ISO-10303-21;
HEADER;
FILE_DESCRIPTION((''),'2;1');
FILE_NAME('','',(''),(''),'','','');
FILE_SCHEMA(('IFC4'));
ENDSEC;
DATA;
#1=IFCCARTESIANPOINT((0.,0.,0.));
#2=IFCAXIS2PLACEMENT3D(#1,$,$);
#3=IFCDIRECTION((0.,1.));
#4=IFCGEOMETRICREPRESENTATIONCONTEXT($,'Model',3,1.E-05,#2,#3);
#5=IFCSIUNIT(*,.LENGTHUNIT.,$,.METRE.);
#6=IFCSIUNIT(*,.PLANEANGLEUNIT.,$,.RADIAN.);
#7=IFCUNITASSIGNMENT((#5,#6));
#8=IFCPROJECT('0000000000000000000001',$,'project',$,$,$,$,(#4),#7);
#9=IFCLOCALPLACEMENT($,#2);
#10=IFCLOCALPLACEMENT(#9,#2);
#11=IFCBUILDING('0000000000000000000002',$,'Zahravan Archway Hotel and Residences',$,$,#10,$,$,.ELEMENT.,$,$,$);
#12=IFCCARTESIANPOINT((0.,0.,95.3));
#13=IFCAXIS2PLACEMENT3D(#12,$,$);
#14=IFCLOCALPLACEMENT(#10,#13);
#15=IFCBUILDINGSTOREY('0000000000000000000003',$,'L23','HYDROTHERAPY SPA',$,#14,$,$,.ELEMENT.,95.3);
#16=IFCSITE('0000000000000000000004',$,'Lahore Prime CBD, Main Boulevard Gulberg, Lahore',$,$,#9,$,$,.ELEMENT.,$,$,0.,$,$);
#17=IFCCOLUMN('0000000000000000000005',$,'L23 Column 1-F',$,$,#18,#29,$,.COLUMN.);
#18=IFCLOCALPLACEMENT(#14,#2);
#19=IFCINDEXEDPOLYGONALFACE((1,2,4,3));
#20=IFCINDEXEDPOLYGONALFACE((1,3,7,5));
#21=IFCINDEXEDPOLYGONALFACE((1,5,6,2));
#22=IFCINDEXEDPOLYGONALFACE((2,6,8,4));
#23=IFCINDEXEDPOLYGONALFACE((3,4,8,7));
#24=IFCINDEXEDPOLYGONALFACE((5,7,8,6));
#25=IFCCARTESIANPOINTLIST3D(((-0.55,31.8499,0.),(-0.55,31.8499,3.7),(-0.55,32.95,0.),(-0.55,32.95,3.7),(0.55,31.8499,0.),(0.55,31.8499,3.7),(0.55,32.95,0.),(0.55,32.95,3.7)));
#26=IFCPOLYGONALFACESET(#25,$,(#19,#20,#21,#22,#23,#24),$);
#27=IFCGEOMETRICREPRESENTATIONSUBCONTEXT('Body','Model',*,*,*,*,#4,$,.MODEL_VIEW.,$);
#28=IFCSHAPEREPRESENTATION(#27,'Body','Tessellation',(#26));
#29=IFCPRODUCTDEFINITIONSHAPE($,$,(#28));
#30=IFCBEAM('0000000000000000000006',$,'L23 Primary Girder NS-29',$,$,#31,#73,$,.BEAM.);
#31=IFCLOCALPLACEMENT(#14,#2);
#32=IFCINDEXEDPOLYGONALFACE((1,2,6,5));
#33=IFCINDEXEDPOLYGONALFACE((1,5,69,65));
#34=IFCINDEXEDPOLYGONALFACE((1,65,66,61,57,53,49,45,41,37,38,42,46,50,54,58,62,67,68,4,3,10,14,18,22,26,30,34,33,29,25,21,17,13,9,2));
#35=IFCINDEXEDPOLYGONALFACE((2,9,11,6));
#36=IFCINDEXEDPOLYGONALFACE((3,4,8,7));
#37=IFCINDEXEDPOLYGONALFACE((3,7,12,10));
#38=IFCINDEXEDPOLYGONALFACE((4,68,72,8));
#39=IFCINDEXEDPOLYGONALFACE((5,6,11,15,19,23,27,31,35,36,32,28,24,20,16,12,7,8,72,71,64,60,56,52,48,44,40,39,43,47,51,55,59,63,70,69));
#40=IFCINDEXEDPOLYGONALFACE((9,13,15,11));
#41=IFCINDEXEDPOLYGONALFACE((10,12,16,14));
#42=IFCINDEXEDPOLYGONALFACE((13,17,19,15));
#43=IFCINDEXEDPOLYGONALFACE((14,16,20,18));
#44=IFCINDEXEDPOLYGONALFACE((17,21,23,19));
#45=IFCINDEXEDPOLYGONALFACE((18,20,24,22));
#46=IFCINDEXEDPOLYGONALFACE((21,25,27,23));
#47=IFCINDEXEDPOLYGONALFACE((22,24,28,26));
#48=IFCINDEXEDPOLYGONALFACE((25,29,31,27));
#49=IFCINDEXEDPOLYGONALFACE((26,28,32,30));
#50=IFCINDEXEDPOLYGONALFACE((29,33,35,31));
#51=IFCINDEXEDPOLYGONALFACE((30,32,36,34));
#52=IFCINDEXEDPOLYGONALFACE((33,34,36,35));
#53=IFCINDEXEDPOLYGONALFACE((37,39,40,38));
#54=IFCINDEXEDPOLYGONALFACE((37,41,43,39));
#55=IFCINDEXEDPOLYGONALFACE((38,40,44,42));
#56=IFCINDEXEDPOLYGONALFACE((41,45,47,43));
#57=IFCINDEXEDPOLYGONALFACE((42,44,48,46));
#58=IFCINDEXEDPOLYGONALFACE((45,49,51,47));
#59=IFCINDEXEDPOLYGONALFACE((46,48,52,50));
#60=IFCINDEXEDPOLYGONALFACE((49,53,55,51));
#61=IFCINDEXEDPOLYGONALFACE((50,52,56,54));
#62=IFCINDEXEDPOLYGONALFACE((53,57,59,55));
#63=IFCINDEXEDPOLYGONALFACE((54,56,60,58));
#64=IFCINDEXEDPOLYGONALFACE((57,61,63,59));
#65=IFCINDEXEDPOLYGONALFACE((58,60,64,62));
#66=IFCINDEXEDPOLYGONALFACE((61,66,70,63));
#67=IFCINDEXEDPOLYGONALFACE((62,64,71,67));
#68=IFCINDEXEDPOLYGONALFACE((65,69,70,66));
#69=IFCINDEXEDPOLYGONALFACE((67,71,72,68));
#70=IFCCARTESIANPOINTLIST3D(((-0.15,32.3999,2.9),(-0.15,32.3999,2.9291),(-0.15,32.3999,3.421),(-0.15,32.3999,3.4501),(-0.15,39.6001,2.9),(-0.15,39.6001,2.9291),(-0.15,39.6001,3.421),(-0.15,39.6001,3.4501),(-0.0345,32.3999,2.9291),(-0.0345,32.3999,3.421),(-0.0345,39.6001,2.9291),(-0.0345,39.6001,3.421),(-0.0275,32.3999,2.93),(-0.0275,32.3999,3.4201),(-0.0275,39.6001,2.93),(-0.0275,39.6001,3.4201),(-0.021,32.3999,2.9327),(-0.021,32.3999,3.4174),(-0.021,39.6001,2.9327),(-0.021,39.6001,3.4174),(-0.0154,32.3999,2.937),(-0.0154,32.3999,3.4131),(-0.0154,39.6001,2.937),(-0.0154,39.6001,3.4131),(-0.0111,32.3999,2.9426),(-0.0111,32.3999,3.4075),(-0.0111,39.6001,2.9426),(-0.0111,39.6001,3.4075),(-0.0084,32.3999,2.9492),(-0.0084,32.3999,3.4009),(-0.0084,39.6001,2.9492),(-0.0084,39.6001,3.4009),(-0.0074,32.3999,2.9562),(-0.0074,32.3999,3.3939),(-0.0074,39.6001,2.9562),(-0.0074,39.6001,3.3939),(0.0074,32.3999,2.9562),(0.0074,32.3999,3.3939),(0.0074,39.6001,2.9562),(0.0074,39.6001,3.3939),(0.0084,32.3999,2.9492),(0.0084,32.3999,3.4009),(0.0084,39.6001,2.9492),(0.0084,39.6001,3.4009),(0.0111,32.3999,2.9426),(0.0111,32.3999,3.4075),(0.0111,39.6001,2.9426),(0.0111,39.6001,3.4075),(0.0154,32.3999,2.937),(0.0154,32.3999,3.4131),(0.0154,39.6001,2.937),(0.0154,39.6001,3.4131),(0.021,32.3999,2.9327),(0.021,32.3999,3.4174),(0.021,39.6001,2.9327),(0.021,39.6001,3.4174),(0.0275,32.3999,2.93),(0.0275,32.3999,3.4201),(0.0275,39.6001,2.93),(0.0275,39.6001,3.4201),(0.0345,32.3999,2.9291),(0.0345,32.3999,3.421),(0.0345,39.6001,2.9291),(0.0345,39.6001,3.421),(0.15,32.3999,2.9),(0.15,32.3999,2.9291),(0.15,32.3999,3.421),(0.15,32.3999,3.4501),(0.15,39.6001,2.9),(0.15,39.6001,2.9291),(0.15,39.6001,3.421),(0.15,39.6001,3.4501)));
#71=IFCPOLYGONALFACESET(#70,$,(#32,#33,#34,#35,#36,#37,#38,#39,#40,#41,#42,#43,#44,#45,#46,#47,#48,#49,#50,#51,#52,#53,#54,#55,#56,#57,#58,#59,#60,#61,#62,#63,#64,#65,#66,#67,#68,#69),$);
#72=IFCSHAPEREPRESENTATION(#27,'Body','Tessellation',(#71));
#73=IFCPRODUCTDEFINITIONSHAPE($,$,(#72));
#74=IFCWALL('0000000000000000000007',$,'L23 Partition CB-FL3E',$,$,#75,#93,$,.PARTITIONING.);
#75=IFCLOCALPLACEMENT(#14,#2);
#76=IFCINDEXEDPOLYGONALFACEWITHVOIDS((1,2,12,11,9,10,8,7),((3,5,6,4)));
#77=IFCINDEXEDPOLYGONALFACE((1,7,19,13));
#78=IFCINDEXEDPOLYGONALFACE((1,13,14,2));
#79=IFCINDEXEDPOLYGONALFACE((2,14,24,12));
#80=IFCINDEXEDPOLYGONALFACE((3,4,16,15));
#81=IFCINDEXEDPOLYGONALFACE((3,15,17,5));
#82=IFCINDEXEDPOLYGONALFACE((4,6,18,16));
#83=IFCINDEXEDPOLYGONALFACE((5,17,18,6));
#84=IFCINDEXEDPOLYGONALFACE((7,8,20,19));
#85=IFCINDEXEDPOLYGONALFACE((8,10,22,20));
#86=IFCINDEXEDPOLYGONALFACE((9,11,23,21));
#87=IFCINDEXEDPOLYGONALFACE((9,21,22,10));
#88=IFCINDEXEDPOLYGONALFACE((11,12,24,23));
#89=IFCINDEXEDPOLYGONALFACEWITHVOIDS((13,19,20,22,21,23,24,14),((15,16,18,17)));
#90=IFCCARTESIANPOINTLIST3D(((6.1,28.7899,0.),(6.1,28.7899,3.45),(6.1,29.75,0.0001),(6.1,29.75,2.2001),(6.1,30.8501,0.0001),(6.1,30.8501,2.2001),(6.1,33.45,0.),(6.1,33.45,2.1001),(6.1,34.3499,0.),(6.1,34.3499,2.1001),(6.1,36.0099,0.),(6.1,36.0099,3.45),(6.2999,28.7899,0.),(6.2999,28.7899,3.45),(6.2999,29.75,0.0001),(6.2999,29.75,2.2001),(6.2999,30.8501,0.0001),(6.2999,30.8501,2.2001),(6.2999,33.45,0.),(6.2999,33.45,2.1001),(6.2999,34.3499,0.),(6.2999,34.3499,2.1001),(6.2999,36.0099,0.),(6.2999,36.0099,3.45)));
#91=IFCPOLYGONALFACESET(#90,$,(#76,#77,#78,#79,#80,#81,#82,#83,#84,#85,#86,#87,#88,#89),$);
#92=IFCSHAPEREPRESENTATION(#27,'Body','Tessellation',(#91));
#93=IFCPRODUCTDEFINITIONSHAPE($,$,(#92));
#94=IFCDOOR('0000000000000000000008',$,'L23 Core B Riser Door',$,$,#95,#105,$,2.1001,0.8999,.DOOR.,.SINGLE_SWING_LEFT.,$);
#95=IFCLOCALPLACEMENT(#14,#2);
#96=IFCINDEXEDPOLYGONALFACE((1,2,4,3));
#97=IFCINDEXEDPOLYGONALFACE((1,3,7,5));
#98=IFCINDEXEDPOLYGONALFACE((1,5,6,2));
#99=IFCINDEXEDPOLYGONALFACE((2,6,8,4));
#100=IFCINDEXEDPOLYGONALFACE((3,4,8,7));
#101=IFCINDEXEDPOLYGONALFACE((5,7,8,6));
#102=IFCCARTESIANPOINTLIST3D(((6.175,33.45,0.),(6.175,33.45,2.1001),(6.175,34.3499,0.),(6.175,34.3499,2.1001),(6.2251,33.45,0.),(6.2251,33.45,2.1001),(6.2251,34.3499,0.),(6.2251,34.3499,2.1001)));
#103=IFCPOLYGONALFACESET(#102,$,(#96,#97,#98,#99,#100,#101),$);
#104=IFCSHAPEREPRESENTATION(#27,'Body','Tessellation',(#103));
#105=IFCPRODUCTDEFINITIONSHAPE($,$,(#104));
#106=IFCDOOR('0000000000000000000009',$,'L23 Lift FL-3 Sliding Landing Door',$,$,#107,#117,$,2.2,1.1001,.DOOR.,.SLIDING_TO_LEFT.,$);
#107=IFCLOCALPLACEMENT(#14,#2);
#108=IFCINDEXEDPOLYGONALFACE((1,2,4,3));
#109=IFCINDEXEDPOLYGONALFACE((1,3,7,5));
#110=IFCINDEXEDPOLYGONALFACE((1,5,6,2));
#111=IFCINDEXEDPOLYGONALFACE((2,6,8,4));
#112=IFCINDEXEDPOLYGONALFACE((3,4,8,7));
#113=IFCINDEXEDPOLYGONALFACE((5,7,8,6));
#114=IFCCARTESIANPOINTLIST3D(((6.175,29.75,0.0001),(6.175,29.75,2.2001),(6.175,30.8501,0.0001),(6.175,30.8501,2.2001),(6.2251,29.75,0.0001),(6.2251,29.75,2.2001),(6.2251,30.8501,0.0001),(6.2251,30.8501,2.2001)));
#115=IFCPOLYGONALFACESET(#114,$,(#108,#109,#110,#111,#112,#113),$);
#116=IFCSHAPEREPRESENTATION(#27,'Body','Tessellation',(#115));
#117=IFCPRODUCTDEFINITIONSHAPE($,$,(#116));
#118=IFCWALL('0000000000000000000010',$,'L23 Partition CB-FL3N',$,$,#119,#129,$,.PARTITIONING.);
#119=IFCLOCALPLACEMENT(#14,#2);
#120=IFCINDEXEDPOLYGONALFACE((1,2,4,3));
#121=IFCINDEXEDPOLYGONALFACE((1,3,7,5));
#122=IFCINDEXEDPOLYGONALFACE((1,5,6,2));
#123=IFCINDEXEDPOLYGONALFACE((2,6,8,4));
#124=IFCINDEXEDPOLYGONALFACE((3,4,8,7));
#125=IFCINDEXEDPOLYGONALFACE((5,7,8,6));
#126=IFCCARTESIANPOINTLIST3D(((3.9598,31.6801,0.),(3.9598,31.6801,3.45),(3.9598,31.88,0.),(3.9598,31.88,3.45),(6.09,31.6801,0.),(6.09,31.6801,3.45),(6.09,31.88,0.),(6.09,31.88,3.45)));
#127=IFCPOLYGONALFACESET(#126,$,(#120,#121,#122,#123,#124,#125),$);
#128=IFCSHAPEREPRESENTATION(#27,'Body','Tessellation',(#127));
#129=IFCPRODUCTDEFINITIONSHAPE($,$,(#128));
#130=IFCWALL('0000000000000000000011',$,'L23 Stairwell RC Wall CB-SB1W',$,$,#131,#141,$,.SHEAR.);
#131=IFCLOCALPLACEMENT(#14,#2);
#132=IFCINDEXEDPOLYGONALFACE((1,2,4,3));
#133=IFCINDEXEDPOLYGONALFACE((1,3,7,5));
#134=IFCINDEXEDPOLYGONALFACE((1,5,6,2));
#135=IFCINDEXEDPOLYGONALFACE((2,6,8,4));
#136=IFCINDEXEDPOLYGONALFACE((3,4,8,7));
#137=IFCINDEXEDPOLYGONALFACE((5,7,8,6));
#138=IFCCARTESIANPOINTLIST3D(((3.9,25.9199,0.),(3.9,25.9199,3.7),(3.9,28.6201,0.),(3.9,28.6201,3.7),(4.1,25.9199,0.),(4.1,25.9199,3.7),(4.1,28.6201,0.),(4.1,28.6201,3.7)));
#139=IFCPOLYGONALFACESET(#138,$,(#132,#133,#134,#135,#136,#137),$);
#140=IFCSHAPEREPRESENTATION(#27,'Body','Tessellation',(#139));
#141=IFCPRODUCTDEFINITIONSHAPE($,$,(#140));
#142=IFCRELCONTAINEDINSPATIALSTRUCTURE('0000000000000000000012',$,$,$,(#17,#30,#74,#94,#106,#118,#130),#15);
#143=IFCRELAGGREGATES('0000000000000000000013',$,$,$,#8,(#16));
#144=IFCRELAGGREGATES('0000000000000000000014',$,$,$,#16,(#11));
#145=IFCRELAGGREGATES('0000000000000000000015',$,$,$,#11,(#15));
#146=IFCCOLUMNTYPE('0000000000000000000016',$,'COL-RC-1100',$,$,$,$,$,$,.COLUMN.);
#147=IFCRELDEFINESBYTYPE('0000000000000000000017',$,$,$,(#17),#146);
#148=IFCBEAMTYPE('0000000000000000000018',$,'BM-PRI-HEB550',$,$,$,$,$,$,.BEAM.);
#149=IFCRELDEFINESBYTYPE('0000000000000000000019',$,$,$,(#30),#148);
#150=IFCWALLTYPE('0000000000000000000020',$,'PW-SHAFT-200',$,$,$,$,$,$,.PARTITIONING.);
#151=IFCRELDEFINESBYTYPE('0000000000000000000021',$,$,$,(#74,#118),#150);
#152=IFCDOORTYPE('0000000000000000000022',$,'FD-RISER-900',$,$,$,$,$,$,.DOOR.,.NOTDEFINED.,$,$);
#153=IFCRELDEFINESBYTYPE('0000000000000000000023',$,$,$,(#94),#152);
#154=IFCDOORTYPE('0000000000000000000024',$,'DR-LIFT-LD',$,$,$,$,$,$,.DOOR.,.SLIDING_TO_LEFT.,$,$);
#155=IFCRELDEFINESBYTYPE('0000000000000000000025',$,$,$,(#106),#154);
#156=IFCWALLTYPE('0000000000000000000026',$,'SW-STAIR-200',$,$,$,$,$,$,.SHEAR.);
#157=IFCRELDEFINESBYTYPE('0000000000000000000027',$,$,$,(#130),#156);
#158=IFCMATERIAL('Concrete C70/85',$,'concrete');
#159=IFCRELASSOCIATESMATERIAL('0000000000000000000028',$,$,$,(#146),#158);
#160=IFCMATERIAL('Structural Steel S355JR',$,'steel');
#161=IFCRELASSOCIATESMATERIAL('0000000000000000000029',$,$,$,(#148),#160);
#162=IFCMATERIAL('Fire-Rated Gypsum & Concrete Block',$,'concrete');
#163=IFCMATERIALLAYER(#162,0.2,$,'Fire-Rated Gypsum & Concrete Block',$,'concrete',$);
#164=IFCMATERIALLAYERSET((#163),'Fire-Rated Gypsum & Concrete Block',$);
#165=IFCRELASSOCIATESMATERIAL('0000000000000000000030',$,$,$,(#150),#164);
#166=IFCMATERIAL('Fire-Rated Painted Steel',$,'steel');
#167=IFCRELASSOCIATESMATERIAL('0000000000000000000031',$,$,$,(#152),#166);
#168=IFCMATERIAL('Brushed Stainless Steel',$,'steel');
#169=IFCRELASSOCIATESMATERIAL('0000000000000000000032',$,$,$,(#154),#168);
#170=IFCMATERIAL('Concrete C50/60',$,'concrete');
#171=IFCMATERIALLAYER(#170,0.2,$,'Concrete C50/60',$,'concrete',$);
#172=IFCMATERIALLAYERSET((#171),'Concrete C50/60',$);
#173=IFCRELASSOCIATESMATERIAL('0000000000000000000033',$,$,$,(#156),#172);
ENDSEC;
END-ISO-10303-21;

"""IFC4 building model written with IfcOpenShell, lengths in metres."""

from ifc_helpers import new_model, si_unit, direction, frame, frame_2d, origin, origin_2d, place, context, subcontext, project, spatial, rectangle, i_section, extrude, source, transform, mapped, material, layer, layer_set, material_profile, profile_set, type_object, type_shapes, element, fill, save


model = new_model("IFC4")

# Units and contexts
model_context = context("Model", 3, precision=1e-05, world=origin(), true_north=direction((0.0, 1.0)))
body_context = subcontext(model_context, "Body", "Model", "MODEL_VIEW")
ifc_project = project(units=[si_unit("LENGTHUNIT", "METRE"), si_unit("PLANEANGLEUNIT", "RADIAN")], contexts=[model_context])

# Site, building, storey
site_placement = place(None, origin())
site = spatial("IfcSite", under=ifc_project, at=site_placement, Name="Lahore Prime CBD, Main Boulevard Gulberg, Lahore", CompositionType="ELEMENT", RefElevation=0.0)
building_placement = place(site_placement, origin())
building = spatial("IfcBuilding", under=site, at=building_placement, Name="Zahravan Archway Hotel and Residences", CompositionType="ELEMENT")
storey_placement = place(building_placement, frame((0.0, 0.0, 95.3)))
storey = spatial("IfcBuildingStorey", under=building, at=storey_placement, Name="L23", Description="HYDROTHERAPY SPA", CompositionType="ELEMENT", Elevation=95.3)

# Column
ifc_material_1 = material(Name="Concrete C70/85", Category="concrete")
ifc_material_profile_1 = material_profile(ifc_material_1, rectangle(XDim=1.1001, YDim=1.1001, at=origin_2d()), Name="RC 1100x1100", Category="concrete")
ifc_profile_set_1 = profile_set([ifc_material_profile_1], Name="Concrete C70/85")
column_type = type_object("IfcColumnType", Name="COL-RC-1100", PredefinedType="COLUMN", material=ifc_profile_set_1)
shared_shape_1 = source(origin(), body_context, "Body", "SweptSolid", [
    extrude(rectangle(XDim=1.1001, YDim=1.1001, at=origin_2d()), origin(), (0.0, 0.0, 1.0), 3.7),
])
column_placement = place(storey_placement, frame((0.0, 32.3999, 0.0), z_axis=(0.0, 0.0, 1.0), x_axis=(1.0, 0.0, 0.0)))
element("IfcColumn", 1, at=column_placement, inside=storey, type_object=column_type, Name="L23 Column 1-F", PredefinedType="COLUMN", context=body_context, shape_type="MappedRepresentation", body=[
    mapped(shared_shape_1, transform((0.0, 0.0, 0.0), scale=1.0)),
])

# Beam
ifc_material_2 = material(Name="Structural Steel S355JR", Category="steel")
ifc_material_profile_2 = material_profile(ifc_material_2, i_section(OverallWidth=0.3, OverallDepth=0.55, WebThickness=0.0149, FlangeThickness=0.0291, FilletRadius=0.0271, at=origin_2d()), Name="HEB 550", Category="steel")
ifc_profile_set_2 = profile_set([ifc_material_profile_2], Name="Structural Steel S355JR")
beam_type = type_object("IfcBeamType", Name="BM-PRI-HEB550", PredefinedType="BEAM", material=ifc_profile_set_2)
shared_shape_2 = source(origin(), body_context, "Body", "SweptSolid", [
    extrude(i_section(OverallWidth=0.3, OverallDepth=0.55, WebThickness=0.0149, FlangeThickness=0.0291, FilletRadius=0.0271, at=origin_2d()), origin(), (0.0, 0.0, 1.0), 7.2002),
])
type_shapes(beam_type, [shared_shape_2])
beam_placement = place(storey_placement, frame((0.0, 32.3999, 3.175), z_axis=(0.0, 1.0, 0.0), x_axis=(-1.0, 0.0, 0.0)))
element("IfcBeam", 2, at=beam_placement, inside=storey, type_object=beam_type, Name="L23 Primary Girder NS-29", PredefinedType="BEAM", context=body_context, shape_type="MappedRepresentation", body=[
    mapped(shared_shape_2, transform((0.0, 0.0, 0.0), scale=1.0)),
])

# Wall, openings, doors
ifc_material_3 = material(Name="Fire-Rated Gypsum & Concrete Block", Category="concrete")
ifc_layer_1 = layer(ifc_material_3, 0.2, Name="Fire-Rated Gypsum & Concrete Block", Category="concrete")
ifc_layer_set_1 = layer_set([ifc_layer_1], Name="Fire-Rated Gypsum & Concrete Block")
wall_type_1 = type_object("IfcWallType", Name="PW-SHAFT-200", PredefinedType="PARTITIONING", material=ifc_layer_set_1)
wall_1_placement = place(storey_placement, frame((6.2, 28.79, 0.0), z_axis=(0.0, 0.0, 1.0), x_axis=(0.0, 1.0, 0.0)))
wall_1 = element("IfcWall", 3, at=wall_1_placement, inside=storey, type_object=wall_type_1, Name="L23 Partition CB-FL3E", PredefinedType="PARTITIONING", context=body_context, shape_type="SweptSolid", body=[
    extrude(rectangle(XDim=7.22, YDim=0.2, at=frame_2d((3.6099, 0.0))), origin(), (0.0, 0.0, 1.0), 3.45),
])
opening_1_placement = place(wall_1_placement, frame((4.6599, 0.0, 0.0)))
opening_1 = element("IfcOpeningElement", 4, at=opening_1_placement, cuts=wall_1, PredefinedType="OPENING", context=body_context, shape_type="SweptSolid", body=[
    extrude(rectangle(XDim=0.8999, YDim=2.1001, at=frame_2d((0.45, 1.05))), frame((0.0, 0.1099, 0.0), z_axis=(0.0, -1.0, 0.0), x_axis=(1.0, 0.0, 0.0)), (0.0, 0.0, 1.0), 0.22),
])
opening_2_placement = place(wall_1_placement, frame((0.96, 0.0, 0.0)))
opening_2 = element("IfcOpeningElement", 5, at=opening_2_placement, cuts=wall_1, PredefinedType="OPENING", context=body_context, shape_type="SweptSolid", body=[
    extrude(rectangle(XDim=1.1001, YDim=2.2, at=frame_2d((0.55, 1.1001))), frame((0.0, 0.1099, 0.0), z_axis=(0.0, -1.0, 0.0), x_axis=(1.0, 0.0, 0.0)), (0.0, 0.0, 1.0), 0.22),
])
ifc_material_4 = material(Name="Fire-Rated Painted Steel", Category="steel")
door_type_1 = type_object("IfcDoorType", Name="FD-RISER-900", OperationType="NOTDEFINED", PredefinedType="DOOR", material=ifc_material_4)
shared_shape_3 = source(origin(), body_context, "Body", "SweptSolid", [
    extrude(rectangle(XDim=0.8999, YDim=2.1001, at=frame_2d((0.45, 1.05))), frame((0.0, 0.0249, 0.0), z_axis=(0.0, -1.0, 0.0), x_axis=(1.0, 0.0, 0.0)), (0.0, 0.0, 1.0), 0.05),
])
type_shapes(door_type_1, [shared_shape_3])
door_1_placement = place(opening_1_placement, origin())
door_1 = element("IfcDoor", 6, at=door_1_placement, inside=storey, type_object=door_type_1, Name="L23 Core B Riser Door", OperationType="SINGLE_SWING_LEFT", OverallHeight=2.1001, OverallWidth=0.8999, PredefinedType="DOOR", context=body_context, shape_type="MappedRepresentation", body=[
    mapped(shared_shape_3, transform((0.0, 0.0, 0.0), scale=1.0)),
])
fill(opening_1, door_1)
ifc_material_5 = material(Name="Brushed Stainless Steel", Category="steel")
door_type_2 = type_object("IfcDoorType", Name="DR-LIFT-LD", OperationType="SLIDING_TO_LEFT", PredefinedType="DOOR", material=ifc_material_5)
shared_shape_4 = source(origin(), body_context, "Body", "SweptSolid", [
    extrude(rectangle(XDim=1.1001, YDim=2.2, at=frame_2d((0.55, 1.1001))), frame((0.0, 0.0249, 0.0), z_axis=(0.0, -1.0, 0.0), x_axis=(1.0, 0.0, 0.0)), (0.0, 0.0, 1.0), 0.05),
])
type_shapes(door_type_2, [shared_shape_4])
door_2_placement = place(opening_2_placement, origin())
door_2 = element("IfcDoor", 7, at=door_2_placement, inside=storey, type_object=door_type_2, Name="L23 Lift FL-3 Sliding Landing Door", OperationType="SLIDING_TO_LEFT", OverallHeight=2.2, OverallWidth=1.1001, PredefinedType="DOOR", context=body_context, shape_type="MappedRepresentation", body=[
    mapped(shared_shape_4, transform((0.0, 0.0, 0.0), scale=1.0)),
])
fill(opening_2, door_2)

# Walls
wall_2_placement = place(storey_placement, frame((3.96, 31.78, 0.0), z_axis=(0.0, 0.0, 1.0), x_axis=(1.0, 0.0, 0.0)))
element("IfcWall", 8, at=wall_2_placement, inside=storey, type_object=wall_type_1, Name="L23 Partition CB-FL3N", PredefinedType="PARTITIONING", context=body_context, shape_type="SweptSolid", body=[
    extrude(rectangle(XDim=2.1301, YDim=0.2, at=frame_2d((1.0649, 0.0))), origin(), (0.0, 0.0, 1.0), 3.45),
])
ifc_material_6 = material(Name="Concrete C50/60", Category="concrete")
ifc_layer_2 = layer(ifc_material_6, 0.2, Name="Concrete C50/60", Category="concrete")
ifc_layer_set_2 = layer_set([ifc_layer_2], Name="Concrete C50/60")
wall_type_2 = type_object("IfcWallType", Name="SW-STAIR-200", PredefinedType="SHEAR", material=ifc_layer_set_2)
wall_3_placement = place(storey_placement, frame((4.0, 25.9199, 0.0), z_axis=(0.0, 0.0, 1.0), x_axis=(0.0, 1.0, 0.0)))
element("IfcWall", 9, at=wall_3_placement, inside=storey, type_object=wall_type_2, Name="L23 Stairwell RC Wall CB-SB1W", PredefinedType="SHEAR", context=body_context, shape_type="SweptSolid", body=[
    extrude(rectangle(XDim=2.7002, YDim=0.2, at=frame_2d((1.3501, 0.0))), origin(), (0.0, 0.0, 1.0), 3.7),
])

save(model, "model.ifc")
